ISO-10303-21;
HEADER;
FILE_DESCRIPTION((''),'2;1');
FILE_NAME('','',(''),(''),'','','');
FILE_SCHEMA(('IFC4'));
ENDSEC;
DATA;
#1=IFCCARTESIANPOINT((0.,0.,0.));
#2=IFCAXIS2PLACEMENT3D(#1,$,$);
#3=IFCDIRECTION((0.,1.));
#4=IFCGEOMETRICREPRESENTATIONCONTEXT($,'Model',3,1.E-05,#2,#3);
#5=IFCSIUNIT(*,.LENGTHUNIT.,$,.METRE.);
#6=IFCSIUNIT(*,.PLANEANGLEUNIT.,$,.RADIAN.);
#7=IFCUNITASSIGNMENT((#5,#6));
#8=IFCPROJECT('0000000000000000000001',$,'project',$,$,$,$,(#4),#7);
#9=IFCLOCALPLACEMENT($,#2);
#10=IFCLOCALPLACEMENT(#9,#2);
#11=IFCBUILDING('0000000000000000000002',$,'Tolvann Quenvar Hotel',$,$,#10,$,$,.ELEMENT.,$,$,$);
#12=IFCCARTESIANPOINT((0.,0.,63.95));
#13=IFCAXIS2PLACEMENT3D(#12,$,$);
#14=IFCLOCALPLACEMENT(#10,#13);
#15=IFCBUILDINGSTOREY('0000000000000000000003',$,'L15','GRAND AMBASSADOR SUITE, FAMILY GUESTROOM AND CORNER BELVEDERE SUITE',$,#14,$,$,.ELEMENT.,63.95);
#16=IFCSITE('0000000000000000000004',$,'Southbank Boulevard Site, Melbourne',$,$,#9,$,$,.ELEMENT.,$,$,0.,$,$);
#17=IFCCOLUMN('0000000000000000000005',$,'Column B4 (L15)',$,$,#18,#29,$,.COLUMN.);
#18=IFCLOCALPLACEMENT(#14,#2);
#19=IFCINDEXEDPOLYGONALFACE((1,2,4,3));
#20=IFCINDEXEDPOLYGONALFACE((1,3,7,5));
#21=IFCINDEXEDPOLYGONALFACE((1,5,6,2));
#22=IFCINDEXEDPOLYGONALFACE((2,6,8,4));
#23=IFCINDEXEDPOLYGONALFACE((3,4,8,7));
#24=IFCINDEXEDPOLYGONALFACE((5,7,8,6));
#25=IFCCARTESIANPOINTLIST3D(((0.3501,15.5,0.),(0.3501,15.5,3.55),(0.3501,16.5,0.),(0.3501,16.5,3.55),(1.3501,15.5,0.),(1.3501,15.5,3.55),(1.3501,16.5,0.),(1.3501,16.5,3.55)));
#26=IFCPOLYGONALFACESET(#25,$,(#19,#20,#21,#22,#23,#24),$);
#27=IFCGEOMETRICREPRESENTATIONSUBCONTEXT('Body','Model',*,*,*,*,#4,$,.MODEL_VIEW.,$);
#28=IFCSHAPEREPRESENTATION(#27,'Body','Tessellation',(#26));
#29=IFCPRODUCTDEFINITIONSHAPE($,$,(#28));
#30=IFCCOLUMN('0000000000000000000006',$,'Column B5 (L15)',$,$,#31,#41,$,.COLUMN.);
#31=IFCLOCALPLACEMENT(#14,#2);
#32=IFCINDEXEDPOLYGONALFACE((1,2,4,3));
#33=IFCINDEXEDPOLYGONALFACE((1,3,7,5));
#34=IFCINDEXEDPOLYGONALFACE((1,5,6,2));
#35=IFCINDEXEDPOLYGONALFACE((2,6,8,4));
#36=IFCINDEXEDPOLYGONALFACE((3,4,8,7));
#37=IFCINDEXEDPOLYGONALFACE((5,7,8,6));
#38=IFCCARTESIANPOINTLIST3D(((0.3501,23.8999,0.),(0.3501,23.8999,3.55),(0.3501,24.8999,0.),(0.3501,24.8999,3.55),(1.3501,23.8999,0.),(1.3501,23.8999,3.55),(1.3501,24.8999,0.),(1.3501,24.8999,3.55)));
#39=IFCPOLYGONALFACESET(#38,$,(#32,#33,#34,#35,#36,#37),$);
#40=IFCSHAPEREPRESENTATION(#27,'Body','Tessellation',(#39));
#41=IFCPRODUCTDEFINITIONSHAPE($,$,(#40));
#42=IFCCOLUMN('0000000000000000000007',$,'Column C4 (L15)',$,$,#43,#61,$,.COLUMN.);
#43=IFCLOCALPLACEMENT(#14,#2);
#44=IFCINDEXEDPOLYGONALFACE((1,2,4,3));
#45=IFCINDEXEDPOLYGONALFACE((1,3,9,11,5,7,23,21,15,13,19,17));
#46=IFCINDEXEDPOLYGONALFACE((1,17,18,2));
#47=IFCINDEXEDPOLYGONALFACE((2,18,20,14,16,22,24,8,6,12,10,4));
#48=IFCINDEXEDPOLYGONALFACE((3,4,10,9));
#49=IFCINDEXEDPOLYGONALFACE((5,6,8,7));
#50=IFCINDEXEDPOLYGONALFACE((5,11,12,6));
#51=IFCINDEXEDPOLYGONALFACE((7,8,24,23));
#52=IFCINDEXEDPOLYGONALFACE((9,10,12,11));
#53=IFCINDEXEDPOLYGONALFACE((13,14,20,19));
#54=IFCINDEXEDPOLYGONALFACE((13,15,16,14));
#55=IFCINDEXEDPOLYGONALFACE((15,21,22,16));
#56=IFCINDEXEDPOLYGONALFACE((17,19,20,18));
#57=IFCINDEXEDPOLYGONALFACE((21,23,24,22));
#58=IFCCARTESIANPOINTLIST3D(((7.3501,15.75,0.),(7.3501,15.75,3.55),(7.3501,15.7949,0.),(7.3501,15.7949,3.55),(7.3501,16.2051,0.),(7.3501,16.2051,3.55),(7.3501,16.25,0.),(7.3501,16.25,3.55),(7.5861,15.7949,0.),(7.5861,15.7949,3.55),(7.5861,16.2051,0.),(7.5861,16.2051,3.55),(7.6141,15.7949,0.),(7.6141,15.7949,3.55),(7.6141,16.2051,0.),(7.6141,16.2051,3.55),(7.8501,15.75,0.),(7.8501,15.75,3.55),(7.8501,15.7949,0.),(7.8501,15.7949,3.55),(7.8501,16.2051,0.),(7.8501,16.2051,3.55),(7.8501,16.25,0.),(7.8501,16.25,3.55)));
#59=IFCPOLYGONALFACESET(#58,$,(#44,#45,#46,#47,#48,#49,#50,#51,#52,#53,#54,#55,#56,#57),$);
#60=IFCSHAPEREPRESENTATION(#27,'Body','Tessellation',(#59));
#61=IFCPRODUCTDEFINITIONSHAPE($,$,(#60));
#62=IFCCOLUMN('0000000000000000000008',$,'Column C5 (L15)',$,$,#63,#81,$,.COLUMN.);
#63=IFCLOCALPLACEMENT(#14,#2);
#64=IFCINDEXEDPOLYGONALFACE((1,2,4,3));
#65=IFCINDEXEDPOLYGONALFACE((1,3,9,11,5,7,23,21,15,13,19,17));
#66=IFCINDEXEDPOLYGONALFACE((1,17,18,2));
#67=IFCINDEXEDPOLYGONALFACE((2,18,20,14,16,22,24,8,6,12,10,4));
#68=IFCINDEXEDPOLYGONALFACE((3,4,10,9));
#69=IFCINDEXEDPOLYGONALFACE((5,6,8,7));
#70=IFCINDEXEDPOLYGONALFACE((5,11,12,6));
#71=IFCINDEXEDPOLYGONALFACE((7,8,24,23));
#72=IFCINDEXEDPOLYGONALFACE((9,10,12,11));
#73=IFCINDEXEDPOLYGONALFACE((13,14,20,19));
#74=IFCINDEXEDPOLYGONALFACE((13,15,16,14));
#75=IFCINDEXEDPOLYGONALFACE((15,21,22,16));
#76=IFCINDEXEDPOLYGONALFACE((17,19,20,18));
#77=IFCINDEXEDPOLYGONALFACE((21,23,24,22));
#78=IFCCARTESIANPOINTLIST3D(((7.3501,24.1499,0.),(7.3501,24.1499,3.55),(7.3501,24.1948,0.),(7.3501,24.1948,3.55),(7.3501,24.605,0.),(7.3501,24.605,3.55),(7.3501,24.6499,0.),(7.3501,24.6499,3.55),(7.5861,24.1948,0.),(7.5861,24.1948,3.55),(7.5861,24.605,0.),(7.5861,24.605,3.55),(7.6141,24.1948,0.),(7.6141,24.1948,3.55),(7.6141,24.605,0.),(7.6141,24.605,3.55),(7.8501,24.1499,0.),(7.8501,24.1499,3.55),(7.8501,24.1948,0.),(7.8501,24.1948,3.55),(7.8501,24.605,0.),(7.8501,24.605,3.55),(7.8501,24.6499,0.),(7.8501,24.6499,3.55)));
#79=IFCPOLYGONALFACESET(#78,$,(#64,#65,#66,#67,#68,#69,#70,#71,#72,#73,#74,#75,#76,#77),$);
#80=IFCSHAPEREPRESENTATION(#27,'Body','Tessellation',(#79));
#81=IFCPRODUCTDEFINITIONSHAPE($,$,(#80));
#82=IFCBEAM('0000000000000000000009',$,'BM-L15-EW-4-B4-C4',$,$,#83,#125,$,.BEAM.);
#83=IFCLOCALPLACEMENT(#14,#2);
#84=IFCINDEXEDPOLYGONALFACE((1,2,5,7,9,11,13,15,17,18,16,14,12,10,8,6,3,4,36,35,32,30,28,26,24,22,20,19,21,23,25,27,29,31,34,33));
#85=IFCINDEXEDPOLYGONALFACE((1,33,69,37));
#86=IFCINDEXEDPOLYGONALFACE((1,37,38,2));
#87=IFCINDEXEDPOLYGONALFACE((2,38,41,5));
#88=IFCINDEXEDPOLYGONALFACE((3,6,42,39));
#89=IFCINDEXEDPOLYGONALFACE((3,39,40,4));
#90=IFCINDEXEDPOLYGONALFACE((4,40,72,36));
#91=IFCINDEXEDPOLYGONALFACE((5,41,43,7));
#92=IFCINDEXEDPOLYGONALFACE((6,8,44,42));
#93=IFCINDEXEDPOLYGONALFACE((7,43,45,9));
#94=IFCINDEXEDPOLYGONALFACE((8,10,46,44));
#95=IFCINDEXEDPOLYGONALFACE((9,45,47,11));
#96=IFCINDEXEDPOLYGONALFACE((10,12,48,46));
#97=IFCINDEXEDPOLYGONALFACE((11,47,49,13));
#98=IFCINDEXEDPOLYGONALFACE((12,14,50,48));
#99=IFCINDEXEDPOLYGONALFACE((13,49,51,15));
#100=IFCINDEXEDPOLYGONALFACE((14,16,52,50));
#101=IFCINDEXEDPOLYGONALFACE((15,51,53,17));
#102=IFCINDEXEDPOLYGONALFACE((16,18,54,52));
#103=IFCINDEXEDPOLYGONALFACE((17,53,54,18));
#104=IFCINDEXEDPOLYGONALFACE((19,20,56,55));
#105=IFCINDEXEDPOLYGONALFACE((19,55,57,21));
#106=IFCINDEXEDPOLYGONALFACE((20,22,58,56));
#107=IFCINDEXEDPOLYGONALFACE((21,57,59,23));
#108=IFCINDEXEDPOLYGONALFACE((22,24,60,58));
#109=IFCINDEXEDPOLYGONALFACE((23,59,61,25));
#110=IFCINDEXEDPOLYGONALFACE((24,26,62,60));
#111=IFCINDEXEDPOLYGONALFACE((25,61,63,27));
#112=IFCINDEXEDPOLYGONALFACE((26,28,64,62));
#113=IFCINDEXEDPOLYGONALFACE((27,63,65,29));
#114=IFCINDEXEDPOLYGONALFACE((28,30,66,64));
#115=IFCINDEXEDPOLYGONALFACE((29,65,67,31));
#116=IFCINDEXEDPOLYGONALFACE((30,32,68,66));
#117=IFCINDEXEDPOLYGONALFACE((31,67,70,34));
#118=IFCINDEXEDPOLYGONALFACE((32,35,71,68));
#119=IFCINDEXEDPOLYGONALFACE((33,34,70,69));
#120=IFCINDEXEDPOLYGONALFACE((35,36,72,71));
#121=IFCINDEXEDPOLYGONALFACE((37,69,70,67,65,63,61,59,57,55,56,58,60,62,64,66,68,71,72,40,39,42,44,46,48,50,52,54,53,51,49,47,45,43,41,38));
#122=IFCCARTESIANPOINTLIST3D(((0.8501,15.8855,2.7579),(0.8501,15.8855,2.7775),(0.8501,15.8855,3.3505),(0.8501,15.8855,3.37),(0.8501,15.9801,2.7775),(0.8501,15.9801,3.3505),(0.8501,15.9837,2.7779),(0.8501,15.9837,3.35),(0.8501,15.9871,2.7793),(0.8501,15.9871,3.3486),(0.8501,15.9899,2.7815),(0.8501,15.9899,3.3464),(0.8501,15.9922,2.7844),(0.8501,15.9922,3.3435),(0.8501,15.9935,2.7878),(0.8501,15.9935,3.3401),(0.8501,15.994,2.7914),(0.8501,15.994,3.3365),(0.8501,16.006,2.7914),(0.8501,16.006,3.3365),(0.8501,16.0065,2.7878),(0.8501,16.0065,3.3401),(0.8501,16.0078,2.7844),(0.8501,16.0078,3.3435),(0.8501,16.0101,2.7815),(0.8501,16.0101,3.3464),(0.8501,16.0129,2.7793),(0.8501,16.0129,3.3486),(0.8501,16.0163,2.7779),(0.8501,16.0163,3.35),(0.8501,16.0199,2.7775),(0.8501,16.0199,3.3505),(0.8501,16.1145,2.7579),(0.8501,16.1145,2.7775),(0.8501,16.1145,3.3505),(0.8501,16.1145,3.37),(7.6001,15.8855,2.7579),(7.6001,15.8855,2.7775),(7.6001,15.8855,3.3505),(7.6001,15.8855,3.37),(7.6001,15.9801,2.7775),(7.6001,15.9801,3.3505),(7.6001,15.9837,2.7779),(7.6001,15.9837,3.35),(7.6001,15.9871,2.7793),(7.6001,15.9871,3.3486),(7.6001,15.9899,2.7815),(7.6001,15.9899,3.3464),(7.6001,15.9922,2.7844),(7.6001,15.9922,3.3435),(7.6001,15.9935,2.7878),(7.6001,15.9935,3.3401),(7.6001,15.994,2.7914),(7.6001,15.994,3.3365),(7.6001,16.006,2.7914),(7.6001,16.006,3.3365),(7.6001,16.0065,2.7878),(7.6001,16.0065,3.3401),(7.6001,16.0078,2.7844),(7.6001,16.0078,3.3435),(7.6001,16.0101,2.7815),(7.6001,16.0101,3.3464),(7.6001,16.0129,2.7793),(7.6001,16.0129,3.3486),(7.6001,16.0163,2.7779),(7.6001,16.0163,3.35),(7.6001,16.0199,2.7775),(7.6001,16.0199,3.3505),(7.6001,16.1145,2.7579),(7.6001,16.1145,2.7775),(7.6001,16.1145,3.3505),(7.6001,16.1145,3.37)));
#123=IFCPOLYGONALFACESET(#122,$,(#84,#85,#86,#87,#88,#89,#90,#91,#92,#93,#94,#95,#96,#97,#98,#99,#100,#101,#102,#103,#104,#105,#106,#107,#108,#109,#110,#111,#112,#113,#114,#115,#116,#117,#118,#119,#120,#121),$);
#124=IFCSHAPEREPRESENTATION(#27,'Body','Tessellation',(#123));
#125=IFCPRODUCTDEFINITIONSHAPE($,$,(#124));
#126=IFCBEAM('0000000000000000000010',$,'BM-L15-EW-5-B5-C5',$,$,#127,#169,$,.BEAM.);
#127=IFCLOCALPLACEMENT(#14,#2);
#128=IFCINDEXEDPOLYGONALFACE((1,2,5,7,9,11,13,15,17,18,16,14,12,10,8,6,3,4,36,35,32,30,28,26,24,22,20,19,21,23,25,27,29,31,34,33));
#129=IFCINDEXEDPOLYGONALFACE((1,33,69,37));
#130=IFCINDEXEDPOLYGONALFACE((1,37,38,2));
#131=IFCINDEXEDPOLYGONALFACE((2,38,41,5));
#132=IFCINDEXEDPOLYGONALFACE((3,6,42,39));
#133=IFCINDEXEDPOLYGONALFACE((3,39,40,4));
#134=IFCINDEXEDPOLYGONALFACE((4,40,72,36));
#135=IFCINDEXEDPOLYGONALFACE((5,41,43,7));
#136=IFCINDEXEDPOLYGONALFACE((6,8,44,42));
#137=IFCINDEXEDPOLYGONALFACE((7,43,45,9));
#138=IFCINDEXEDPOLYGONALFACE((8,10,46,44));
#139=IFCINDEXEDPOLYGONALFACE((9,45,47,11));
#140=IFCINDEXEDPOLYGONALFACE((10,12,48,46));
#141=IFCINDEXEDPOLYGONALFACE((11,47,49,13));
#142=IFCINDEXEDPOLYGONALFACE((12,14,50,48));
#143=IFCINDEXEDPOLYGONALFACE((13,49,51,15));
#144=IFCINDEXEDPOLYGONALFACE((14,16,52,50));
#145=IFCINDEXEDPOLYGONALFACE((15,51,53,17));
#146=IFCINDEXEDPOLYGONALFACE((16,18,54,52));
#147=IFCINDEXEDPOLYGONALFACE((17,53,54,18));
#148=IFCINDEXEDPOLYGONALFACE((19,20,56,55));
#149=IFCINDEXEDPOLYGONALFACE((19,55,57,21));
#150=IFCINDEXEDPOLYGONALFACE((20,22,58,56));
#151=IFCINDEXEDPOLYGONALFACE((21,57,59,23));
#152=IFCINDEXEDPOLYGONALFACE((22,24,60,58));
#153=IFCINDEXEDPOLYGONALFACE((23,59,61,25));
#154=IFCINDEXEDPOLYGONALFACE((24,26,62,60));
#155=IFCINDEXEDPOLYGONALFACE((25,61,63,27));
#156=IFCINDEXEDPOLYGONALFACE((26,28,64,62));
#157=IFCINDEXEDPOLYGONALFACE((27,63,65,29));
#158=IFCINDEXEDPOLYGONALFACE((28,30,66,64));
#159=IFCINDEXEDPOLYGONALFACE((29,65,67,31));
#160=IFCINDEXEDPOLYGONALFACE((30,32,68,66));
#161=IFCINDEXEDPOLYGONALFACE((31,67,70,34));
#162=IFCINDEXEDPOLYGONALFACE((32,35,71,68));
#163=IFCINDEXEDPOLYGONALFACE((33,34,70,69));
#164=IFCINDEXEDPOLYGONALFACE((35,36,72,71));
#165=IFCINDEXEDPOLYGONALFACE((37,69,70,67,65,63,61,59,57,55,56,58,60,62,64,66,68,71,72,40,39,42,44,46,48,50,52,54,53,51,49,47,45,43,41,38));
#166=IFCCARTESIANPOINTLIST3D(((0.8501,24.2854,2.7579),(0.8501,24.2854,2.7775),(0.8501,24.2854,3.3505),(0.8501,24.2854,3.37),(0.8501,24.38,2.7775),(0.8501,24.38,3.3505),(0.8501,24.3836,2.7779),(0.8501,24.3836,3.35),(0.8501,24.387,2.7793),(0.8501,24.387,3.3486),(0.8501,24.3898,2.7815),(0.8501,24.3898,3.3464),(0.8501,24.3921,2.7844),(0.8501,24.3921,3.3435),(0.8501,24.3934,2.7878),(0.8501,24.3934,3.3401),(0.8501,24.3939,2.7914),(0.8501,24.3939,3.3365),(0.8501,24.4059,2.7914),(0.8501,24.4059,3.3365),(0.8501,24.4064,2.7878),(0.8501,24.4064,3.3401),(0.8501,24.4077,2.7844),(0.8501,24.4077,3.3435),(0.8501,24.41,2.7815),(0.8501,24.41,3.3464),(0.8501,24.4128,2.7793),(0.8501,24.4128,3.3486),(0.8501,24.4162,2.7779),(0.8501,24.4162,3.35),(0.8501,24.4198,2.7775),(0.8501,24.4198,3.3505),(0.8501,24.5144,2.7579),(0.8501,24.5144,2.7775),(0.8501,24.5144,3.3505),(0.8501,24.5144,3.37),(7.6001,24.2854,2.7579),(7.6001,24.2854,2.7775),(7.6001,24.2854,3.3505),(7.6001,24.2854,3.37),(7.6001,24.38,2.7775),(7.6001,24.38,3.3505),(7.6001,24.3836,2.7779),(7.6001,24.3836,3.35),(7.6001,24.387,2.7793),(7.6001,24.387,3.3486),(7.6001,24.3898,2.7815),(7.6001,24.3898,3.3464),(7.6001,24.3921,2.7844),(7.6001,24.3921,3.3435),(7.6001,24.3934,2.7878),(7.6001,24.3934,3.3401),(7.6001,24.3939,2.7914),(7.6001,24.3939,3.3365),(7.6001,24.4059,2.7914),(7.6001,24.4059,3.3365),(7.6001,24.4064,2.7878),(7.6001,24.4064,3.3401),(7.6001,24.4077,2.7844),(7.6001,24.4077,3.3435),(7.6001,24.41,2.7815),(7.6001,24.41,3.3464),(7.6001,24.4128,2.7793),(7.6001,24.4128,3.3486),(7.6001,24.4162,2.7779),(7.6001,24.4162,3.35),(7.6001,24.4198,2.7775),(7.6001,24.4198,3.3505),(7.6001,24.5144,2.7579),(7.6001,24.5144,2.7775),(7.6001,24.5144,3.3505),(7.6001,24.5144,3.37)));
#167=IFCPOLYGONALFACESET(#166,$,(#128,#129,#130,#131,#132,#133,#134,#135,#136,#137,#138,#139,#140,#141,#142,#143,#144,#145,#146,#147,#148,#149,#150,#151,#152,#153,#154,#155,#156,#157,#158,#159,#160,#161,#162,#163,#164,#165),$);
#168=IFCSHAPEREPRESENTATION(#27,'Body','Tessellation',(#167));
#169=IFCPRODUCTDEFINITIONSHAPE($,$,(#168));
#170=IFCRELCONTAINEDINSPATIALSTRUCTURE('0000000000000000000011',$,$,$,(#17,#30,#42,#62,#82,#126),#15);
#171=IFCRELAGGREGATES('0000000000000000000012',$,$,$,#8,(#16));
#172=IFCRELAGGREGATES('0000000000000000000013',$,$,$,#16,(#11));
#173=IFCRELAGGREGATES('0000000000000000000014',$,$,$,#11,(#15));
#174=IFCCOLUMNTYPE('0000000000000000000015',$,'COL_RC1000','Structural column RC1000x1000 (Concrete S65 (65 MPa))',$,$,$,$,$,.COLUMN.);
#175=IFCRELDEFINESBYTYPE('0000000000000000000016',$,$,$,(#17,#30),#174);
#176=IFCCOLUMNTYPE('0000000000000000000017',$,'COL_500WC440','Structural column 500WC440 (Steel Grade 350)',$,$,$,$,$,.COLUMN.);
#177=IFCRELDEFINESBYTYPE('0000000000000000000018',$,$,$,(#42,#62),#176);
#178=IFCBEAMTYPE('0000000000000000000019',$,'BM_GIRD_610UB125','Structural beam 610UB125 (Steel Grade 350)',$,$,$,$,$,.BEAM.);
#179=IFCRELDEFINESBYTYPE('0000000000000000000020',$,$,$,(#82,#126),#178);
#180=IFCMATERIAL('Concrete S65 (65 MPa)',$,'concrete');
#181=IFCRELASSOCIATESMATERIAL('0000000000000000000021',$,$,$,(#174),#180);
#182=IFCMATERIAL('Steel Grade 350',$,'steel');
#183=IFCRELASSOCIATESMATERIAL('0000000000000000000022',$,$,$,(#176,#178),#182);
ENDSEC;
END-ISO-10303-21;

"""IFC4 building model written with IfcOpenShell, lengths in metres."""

from ifc_helpers import new_model, si_unit, direction, frame, origin, origin_2d, place, context, subcontext, project, spatial, rectangle, i_section, extrude, source, transform, mapped, material, material_profile, profile_set, type_object, type_shapes, element, save


model = new_model("IFC4")

# Units and contexts
model_context = context("Model", 3, precision=1e-05, world=origin(), true_north=direction((0.0, 1.0)))
body_context = subcontext(model_context, "Body", "Model", "MODEL_VIEW")
ifc_project = project(units=[si_unit("LENGTHUNIT", "METRE"), si_unit("PLANEANGLEUNIT", "RADIAN")], contexts=[model_context])

# Site, building, storey
site_placement = place(None, origin())
site = spatial("IfcSite", under=ifc_project, at=site_placement, Name="Southbank Boulevard Site, Melbourne", CompositionType="ELEMENT", RefElevation=0.0)
building_placement = place(site_placement, origin())
building = spatial("IfcBuilding", under=site, at=building_placement, Name="Tolvann Quenvar Hotel", CompositionType="ELEMENT")
storey_placement = place(building_placement, frame((0.0, 0.0, 63.95)))
storey = spatial("IfcBuildingStorey", under=building, at=storey_placement, Name="L15", Description="GRAND AMBASSADOR SUITE, FAMILY GUESTROOM AND CORNER BELVEDERE SUITE", CompositionType="ELEMENT", Elevation=63.95)

# Columns
ifc_material_1 = material(Name="Concrete S65 (65 MPa)", Category="concrete")
ifc_material_profile_1 = material_profile(ifc_material_1, rectangle(XDim=1.0, YDim=1.0, at=origin_2d()), Name="RC1000x1000")
ifc_profile_set_1 = profile_set([ifc_material_profile_1], Name="Concrete S65 (65 MPa)")
column_type_1 = type_object("IfcColumnType", Name="COL_RC1000", Description="Structural column RC1000x1000 (Concrete S65 (65 MPa))", PredefinedType="COLUMN", material=ifc_profile_set_1)
shared_shape_1 = source(origin(), body_context, "Body", "SweptSolid", [
    extrude(rectangle(XDim=1.0, YDim=1.0, at=origin_2d()), origin(), (0.0, 0.0, 1.0), 3.55),
])
type_shapes(column_type_1, [shared_shape_1])
for number, where, z_axis, x_axis, name in (
    (1, (0.8501, 16.0, 0.0), (0.0, 0.0, 1.0), (1.0, 0.0, 0.0), "Column B4 (L15)"),
    (2, (0.8501, 24.3999, 0.0), (0.0, 0.0, 1.0), (1.0, 0.0, 0.0), "Column B5 (L15)"),
):
    element("IfcColumn", number, at=place(storey_placement, frame(where, z_axis=z_axis, x_axis=x_axis)), inside=storey, type_object=column_type_1, Name=name, PredefinedType="COLUMN", context=body_context, shape_type="MappedRepresentation", body=[
        mapped(shared_shape_1, transform((0.0, 0.0, 0.0), x_axis=(1.0, 0.0, 0.0), y_axis=(0.0, 1.0, 0.0), z_axis=(0.0, 0.0, 1.0), scale=1.0)),
    ])
ifc_material_2 = material(Name="Steel Grade 350", Category="steel")
ifc_material_profile_2 = material_profile(ifc_material_2, i_section(OverallWidth=0.5, OverallDepth=0.5, WebThickness=0.0281, FlangeThickness=0.0449, at=origin_2d()), Name="500WC440")
ifc_profile_set_2 = profile_set([ifc_material_profile_2], Name="Steel Grade 350")
column_type_2 = type_object("IfcColumnType", Name="COL_500WC440", Description="Structural column 500WC440 (Steel Grade 350)", PredefinedType="COLUMN", material=ifc_profile_set_2)
shared_shape_2 = source(origin(), body_context, "Body", "SweptSolid", [
    extrude(i_section(OverallWidth=0.5, OverallDepth=0.5, WebThickness=0.0281, FlangeThickness=0.0449, at=origin_2d()), origin(), (0.0, 0.0, 1.0), 3.55),
])
type_shapes(column_type_2, [shared_shape_2])
for number, where, z_axis, x_axis, name in (
    (3, (7.6001, 16.0, 0.0), (0.0, 0.0, 1.0), (1.0, 0.0, 0.0), "Column C4 (L15)"),
    (4, (7.6001, 24.3999, 0.0), (0.0, 0.0, 1.0), (1.0, 0.0, 0.0), "Column C5 (L15)"),
):
    element("IfcColumn", number, at=place(storey_placement, frame(where, z_axis=z_axis, x_axis=x_axis)), inside=storey, type_object=column_type_2, Name=name, PredefinedType="COLUMN", context=body_context, shape_type="MappedRepresentation", body=[
        mapped(shared_shape_2, transform((0.0, 0.0, 0.0), x_axis=(1.0, 0.0, 0.0), y_axis=(0.0, 1.0, 0.0), z_axis=(0.0, 0.0, 1.0), scale=1.0)),
    ])

# Beams
ifc_material_profile_3 = material_profile(ifc_material_2, i_section(OverallWidth=0.229, OverallDepth=0.6121, WebThickness=0.012, FlangeThickness=0.0195, FilletRadius=0.0139, at=origin_2d()), Name="610UB125")
ifc_profile_set_3 = profile_set([ifc_material_profile_3], Name="Steel Grade 350")
beam_type_1 = type_object("IfcBeamType", Name="BM_GIRD_610UB125", Description="Structural beam 610UB125 (Steel Grade 350)", PredefinedType="BEAM", material=ifc_profile_set_3)
shared_shape_3 = source(origin(), body_context, "Body", "SweptSolid", [
    extrude(i_section(OverallWidth=0.229, OverallDepth=0.6121, WebThickness=0.012, FlangeThickness=0.0195, FilletRadius=0.0139, at=origin_2d()), origin(), (0.0, 0.0, 1.0), 6.75),
])
for number, where, z_axis, x_axis, name in (
    (5, (0.8501, 16.0, 3.064), (1.0, 0.0, 0.0), (0.0, 1.0, 0.0), "BM-L15-EW-4-B4-C4"),
    (6, (0.8501, 24.3999, 3.064), (1.0, 0.0, 0.0), (0.0, 1.0, 0.0), "BM-L15-EW-5-B5-C5"),
):
    element("IfcBeam", number, at=place(storey_placement, frame(where, z_axis=z_axis, x_axis=x_axis)), inside=storey, type_object=beam_type_1, Name=name, PredefinedType="BEAM", context=body_context, shape_type="MappedRepresentation", body=[
        mapped(shared_shape_3, transform((0.0, 0.0, 0.0), x_axis=(1.0, 0.0, 0.0), y_axis=(0.0, 1.0, 0.0), z_axis=(0.0, 0.0, 1.0), scale=1.0)),
    ])

save(model, "model.ifc")
